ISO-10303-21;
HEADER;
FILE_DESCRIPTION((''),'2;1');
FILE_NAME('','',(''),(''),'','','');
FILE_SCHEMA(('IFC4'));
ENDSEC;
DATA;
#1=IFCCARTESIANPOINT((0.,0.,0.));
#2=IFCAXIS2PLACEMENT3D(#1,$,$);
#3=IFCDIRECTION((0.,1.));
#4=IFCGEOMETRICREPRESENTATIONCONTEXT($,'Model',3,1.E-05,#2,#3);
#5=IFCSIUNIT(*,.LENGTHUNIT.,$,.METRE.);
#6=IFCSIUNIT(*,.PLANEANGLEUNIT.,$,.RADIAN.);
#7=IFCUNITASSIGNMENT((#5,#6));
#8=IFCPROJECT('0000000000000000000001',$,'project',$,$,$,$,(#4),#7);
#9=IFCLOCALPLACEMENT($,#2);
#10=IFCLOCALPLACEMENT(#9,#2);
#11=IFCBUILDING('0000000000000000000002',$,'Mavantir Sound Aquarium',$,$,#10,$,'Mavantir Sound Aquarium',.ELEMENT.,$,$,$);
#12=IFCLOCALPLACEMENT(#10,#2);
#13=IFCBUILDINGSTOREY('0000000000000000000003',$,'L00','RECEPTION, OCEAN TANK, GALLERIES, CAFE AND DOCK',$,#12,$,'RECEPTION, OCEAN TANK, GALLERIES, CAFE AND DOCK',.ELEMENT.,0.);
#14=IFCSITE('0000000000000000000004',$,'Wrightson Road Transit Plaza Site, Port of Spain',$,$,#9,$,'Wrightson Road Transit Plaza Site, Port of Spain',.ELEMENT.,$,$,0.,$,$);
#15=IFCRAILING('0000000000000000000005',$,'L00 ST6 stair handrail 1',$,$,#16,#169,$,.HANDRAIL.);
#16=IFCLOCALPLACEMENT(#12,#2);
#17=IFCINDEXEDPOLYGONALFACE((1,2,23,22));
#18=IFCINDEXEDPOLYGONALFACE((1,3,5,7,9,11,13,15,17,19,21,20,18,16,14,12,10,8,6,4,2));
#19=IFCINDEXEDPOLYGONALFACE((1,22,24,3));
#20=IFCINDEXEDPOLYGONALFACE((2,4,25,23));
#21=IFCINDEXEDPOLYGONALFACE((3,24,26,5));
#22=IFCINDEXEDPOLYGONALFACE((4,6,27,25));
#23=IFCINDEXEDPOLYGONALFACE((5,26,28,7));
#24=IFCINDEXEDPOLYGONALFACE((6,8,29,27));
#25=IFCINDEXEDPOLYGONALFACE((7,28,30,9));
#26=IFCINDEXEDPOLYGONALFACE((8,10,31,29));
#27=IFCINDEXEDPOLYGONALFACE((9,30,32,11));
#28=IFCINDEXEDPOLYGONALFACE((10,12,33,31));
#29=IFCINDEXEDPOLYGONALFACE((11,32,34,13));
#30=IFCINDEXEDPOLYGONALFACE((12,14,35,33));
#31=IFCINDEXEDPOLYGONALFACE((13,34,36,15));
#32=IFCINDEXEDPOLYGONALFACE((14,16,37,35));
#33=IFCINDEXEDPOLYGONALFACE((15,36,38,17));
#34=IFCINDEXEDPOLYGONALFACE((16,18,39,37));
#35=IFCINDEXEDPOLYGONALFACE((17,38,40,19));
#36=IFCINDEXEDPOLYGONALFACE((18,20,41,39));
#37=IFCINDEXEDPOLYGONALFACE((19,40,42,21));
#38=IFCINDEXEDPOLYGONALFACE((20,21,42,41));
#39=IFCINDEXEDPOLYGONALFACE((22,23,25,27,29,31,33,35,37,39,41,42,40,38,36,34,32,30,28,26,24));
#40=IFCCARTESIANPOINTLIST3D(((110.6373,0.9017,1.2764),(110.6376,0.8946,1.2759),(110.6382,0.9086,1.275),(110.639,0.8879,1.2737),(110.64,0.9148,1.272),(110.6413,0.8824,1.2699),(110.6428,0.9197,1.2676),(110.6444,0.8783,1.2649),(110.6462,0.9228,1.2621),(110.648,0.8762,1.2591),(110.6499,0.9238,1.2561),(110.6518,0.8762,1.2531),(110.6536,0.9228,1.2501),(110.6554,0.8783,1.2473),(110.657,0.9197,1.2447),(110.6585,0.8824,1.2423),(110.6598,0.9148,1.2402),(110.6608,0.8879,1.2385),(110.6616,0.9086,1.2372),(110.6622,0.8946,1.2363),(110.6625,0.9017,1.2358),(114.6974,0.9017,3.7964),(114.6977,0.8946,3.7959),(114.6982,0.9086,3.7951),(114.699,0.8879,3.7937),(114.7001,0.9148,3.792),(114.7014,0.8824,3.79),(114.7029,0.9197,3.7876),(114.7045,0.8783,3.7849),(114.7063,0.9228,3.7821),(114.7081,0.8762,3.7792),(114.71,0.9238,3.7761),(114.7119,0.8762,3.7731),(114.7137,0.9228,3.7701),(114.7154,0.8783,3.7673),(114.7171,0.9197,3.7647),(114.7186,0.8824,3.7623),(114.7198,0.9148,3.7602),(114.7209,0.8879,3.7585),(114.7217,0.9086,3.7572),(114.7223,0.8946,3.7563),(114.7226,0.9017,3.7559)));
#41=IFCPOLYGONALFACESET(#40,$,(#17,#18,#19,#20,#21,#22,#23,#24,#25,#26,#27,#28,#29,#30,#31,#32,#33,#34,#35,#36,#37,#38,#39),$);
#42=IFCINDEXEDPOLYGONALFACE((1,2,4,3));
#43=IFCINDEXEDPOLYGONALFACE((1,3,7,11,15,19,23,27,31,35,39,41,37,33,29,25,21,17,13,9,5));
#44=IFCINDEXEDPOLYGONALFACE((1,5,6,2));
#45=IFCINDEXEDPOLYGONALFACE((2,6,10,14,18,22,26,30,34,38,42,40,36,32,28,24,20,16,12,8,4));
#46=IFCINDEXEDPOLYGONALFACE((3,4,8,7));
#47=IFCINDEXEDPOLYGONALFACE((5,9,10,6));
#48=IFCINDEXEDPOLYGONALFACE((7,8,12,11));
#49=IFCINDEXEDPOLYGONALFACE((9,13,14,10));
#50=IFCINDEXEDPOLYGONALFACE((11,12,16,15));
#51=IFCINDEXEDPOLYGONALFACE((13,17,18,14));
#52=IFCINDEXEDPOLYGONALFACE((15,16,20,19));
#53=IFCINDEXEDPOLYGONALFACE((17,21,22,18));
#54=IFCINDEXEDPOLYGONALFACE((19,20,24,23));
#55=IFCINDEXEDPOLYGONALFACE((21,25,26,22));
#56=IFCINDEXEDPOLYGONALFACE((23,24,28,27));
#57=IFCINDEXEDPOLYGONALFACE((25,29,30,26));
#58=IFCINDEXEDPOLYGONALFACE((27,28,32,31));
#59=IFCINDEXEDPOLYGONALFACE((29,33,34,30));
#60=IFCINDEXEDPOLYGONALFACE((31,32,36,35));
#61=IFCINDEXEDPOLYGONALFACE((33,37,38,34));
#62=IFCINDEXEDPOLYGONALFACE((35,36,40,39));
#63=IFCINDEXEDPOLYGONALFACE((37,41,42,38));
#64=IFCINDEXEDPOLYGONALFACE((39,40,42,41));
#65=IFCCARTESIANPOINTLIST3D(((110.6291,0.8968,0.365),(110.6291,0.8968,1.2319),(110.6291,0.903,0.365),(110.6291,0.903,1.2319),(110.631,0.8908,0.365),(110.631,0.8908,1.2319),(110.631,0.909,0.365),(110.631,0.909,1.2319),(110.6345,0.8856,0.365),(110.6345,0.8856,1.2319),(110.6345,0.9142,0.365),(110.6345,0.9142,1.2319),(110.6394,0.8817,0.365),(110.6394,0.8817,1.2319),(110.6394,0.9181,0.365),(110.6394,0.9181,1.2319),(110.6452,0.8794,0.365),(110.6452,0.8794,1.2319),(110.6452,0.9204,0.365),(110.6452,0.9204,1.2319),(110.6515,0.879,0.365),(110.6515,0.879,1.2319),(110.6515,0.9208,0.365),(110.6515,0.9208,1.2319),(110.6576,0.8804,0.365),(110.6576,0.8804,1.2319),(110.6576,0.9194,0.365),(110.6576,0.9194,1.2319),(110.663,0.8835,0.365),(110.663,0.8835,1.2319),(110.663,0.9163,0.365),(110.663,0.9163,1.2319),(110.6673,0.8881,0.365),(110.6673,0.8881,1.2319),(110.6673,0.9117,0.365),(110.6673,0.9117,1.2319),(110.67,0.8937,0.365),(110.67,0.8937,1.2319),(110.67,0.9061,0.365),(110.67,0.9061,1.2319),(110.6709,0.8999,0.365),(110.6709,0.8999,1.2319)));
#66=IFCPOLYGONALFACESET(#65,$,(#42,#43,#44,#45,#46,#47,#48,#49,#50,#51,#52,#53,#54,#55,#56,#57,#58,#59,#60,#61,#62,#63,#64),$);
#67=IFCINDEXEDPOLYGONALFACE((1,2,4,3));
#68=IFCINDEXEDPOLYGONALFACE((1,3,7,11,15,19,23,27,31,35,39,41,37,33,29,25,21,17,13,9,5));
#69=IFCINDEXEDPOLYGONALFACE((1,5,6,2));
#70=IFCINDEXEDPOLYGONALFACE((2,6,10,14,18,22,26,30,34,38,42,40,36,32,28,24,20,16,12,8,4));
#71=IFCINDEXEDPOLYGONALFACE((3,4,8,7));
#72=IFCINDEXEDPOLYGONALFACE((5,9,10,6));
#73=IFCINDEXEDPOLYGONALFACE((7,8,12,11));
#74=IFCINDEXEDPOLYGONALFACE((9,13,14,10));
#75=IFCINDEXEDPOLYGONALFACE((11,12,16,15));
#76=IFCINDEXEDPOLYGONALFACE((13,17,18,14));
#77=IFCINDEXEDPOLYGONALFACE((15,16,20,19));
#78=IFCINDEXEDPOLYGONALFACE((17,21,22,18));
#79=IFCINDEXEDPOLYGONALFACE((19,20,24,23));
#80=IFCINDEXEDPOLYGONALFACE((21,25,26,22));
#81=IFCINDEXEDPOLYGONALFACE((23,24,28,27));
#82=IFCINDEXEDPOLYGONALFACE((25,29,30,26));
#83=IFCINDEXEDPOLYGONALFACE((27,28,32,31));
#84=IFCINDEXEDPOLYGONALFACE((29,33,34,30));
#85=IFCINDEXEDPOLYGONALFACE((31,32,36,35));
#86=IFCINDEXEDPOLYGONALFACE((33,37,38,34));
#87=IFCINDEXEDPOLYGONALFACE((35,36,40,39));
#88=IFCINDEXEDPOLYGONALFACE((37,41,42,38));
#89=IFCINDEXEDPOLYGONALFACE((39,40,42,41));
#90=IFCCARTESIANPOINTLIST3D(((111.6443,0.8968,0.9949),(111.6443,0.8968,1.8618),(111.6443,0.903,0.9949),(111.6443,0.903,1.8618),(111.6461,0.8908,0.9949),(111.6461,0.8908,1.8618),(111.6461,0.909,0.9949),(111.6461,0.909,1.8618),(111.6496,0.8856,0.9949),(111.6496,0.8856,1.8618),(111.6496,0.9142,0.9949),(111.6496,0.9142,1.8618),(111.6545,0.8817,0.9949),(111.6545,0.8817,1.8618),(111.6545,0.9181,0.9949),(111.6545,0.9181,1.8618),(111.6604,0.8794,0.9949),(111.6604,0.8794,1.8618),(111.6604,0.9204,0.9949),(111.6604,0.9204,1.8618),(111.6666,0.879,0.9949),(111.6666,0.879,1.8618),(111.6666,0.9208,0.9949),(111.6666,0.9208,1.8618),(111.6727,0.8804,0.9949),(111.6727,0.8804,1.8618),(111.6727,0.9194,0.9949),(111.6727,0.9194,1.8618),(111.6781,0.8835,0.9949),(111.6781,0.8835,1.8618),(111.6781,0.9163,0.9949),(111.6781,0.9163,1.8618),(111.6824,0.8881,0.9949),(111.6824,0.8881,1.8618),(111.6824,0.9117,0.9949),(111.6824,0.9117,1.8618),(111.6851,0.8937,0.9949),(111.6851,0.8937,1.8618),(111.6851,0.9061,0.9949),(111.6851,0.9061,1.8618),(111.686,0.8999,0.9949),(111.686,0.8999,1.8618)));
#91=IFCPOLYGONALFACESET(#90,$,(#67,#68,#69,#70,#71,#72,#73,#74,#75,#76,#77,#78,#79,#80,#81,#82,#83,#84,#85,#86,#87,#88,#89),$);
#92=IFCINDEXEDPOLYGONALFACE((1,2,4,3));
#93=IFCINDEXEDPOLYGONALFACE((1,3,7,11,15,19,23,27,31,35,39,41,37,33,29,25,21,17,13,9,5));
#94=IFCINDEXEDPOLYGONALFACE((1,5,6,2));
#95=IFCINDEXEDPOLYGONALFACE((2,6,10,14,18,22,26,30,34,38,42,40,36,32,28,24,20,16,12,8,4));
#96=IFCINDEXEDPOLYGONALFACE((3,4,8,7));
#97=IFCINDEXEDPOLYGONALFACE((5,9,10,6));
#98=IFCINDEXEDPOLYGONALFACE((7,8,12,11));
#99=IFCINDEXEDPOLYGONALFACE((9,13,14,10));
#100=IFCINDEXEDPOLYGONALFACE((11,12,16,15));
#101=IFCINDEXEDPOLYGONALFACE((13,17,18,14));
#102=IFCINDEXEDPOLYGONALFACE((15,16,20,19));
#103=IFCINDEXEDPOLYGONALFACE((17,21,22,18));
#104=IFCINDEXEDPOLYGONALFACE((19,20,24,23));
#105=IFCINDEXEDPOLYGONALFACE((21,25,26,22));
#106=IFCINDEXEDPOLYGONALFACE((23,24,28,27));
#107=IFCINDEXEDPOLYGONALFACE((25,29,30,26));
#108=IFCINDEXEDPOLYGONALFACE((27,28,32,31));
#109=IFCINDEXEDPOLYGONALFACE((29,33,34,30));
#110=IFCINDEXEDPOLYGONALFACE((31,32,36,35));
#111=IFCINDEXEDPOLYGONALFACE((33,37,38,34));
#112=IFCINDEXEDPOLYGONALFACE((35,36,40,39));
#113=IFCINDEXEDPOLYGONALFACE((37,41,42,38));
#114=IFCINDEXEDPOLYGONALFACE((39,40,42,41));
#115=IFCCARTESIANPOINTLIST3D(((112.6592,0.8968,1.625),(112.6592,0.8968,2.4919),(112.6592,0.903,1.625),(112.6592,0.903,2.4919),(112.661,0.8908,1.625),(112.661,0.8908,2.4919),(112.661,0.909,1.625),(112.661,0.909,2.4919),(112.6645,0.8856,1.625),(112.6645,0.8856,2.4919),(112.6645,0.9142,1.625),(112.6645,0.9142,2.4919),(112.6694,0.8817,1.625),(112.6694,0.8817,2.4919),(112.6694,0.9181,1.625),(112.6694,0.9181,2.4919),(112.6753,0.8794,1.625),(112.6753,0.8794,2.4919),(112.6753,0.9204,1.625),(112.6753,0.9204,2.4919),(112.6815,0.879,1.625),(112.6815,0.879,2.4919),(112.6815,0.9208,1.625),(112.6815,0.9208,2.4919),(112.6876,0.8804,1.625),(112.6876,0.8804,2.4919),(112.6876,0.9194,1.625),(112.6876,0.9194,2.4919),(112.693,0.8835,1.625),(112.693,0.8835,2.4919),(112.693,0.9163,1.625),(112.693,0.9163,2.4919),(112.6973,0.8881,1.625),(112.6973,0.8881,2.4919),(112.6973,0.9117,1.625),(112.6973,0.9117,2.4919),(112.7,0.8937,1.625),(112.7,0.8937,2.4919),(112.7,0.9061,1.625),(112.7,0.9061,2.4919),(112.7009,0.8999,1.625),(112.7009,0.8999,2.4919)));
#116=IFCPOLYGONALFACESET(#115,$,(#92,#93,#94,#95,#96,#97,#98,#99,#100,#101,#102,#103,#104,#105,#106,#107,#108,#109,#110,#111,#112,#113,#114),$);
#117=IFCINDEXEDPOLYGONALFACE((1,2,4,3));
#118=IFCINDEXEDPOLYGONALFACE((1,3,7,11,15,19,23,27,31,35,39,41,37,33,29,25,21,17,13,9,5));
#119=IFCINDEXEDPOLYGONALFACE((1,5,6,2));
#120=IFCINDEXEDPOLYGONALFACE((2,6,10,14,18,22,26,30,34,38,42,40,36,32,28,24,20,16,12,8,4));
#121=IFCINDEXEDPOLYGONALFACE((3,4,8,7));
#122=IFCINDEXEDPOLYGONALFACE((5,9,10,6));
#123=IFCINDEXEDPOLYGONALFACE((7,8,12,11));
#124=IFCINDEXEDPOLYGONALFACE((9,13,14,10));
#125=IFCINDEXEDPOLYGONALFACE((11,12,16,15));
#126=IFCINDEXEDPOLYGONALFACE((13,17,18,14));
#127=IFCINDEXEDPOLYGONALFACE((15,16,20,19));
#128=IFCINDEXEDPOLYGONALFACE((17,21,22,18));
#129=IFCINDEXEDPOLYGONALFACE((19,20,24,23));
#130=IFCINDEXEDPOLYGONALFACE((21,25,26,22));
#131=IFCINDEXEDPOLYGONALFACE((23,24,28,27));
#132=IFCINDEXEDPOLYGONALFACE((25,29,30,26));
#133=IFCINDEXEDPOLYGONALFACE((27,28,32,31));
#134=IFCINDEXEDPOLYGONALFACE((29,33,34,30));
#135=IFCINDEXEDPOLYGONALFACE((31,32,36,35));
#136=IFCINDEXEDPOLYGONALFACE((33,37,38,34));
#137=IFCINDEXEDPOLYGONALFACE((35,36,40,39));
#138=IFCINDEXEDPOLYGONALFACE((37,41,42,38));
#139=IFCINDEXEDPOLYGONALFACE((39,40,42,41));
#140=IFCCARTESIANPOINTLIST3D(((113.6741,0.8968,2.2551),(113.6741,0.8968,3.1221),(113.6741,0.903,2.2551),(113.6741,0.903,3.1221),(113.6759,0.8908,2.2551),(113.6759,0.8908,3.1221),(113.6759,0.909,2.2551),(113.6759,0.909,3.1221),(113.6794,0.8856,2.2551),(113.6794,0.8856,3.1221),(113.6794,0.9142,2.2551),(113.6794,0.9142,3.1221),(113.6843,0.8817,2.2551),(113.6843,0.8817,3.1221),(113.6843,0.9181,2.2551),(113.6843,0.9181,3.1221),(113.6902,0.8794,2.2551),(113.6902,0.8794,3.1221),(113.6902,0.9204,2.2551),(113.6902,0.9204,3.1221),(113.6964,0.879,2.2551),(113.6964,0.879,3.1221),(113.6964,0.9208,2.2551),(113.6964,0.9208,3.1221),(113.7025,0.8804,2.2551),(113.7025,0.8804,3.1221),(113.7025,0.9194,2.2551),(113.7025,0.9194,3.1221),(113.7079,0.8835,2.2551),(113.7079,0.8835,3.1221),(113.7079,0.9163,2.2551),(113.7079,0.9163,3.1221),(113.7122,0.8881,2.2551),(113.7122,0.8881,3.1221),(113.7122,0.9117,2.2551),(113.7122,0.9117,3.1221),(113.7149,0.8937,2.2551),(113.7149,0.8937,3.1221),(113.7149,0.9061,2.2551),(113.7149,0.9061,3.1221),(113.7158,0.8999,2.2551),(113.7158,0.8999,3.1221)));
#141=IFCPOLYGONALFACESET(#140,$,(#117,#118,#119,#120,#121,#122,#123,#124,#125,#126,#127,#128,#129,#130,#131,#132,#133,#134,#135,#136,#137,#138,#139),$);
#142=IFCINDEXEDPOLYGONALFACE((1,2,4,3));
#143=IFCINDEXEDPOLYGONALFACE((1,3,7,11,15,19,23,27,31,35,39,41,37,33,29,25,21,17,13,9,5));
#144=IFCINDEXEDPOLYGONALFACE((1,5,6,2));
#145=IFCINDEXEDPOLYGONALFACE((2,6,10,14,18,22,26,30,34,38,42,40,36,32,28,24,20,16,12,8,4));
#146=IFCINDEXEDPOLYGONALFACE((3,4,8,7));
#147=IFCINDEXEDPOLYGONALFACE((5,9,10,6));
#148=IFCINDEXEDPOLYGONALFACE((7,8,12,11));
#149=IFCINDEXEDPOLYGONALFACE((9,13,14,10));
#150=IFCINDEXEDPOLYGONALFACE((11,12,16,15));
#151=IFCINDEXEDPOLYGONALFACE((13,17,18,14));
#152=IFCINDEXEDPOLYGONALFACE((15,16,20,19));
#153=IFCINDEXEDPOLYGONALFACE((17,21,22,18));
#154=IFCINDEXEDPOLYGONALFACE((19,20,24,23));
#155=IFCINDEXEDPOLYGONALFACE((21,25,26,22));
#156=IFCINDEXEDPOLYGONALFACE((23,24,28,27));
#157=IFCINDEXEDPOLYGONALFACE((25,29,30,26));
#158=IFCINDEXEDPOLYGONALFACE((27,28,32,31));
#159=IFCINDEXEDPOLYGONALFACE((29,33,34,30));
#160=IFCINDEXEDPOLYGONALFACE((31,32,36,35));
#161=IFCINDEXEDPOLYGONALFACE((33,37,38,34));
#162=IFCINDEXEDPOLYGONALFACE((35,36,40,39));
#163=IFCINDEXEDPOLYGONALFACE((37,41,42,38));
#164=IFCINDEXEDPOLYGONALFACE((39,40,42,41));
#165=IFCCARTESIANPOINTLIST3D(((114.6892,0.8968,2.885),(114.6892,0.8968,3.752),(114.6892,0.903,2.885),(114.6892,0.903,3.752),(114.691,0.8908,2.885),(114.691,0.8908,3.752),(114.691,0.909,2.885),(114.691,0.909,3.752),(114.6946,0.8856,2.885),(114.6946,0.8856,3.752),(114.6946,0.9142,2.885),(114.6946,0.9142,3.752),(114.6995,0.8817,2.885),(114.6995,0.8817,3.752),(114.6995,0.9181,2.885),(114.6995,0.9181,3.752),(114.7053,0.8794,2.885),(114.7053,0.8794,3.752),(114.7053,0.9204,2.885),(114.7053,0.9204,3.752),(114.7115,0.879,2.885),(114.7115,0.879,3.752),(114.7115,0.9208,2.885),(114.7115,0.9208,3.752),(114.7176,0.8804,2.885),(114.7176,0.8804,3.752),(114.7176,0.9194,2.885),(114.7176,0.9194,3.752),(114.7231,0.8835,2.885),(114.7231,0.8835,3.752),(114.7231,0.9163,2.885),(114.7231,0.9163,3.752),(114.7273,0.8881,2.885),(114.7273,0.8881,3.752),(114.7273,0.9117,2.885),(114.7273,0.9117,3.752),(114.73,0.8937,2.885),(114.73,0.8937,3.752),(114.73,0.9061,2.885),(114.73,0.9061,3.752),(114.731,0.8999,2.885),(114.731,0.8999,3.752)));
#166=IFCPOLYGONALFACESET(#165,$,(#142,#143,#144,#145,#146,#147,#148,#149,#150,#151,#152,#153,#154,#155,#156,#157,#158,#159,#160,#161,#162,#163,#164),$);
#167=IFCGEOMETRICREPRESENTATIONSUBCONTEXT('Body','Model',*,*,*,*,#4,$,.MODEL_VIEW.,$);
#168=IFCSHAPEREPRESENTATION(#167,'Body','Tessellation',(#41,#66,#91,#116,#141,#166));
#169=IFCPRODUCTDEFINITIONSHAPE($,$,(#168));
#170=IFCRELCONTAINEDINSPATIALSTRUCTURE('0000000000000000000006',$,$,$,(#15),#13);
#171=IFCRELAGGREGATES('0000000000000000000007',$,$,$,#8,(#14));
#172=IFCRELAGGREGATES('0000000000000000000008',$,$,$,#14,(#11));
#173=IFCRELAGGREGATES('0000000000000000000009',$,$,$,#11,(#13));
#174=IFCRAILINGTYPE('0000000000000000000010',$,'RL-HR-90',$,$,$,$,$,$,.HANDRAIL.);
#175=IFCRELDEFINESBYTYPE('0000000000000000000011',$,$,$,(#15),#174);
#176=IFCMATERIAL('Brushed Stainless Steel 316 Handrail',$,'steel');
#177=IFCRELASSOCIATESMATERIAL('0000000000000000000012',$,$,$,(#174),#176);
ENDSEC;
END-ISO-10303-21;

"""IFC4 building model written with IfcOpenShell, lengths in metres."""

from ifc_helpers import new_model, si_unit, direction, frame, origin, origin_2d, place, context, subcontext, project, spatial, circle, extrude, material, type_object, element, save


model = new_model("IFC4")

# Units and contexts
model_context = context("Model", 3, precision=1e-05, world=origin(), true_north=direction((0.0, 1.0)))
body_context = subcontext(model_context, "Body", "Model", "MODEL_VIEW")
ifc_project = project(units=[si_unit("LENGTHUNIT", "METRE"), si_unit("PLANEANGLEUNIT", "RADIAN")], contexts=[model_context])

# Site, building, storey
site_placement = place(None, origin())
site = spatial("IfcSite", under=ifc_project, at=site_placement, Name="Wrightson Road Transit Plaza Site, Port of Spain", LongName="Wrightson Road Transit Plaza Site, Port of Spain", CompositionType="ELEMENT", RefElevation=0.0)
building_placement = place(site_placement, origin())
building = spatial("IfcBuilding", under=site, at=building_placement, Name="Mavantir Sound Aquarium", LongName="Mavantir Sound Aquarium", CompositionType="ELEMENT")
storey_placement = place(building_placement, origin())
storey = spatial("IfcBuildingStorey", under=building, at=storey_placement, Name="L00", Description="RECEPTION, OCEAN TANK, GALLERIES, CAFE AND DOCK", LongName="RECEPTION, OCEAN TANK, GALLERIES, CAFE AND DOCK", CompositionType="ELEMENT", Elevation=0.0)

# Railing
ifc_material_1 = material(Name="Brushed Stainless Steel 316 Handrail", Category="steel")
railing_type_1 = type_object("IfcRailingType", Name="RL-HR-90", PredefinedType="HANDRAIL", material=ifc_material_1)
railing_1_placement = place(storey_placement, frame((110.6499, 0.8999, 0.365)))
element("IfcRailing", 1, at=railing_1_placement, inside=storey, type_object=railing_type_1, Name="L00 ST6 stair handrail 1", PredefinedType="HANDRAIL", context=body_context, shape_type="SweptSolid", body=[
    extrude(circle(Radius=0.0239, at=origin_2d()), frame((0.0, 0.0, 0.8911), z_axis=(0.849642, 0.0, 0.52736), x_axis=(0.0, 1.0, 0.0)), (0.0, 0.0, 1.0), 4.7786),
    extrude(circle(Radius=0.021, at=origin_2d()), origin(), (0.0, 0.0, 1.0), 0.8669),
    extrude(circle(Radius=0.021, at=origin_2d()), frame((1.0151, 0.0, 0.6299)), (0.0, 0.0, 1.0), 0.8669),
    extrude(circle(Radius=0.021, at=origin_2d()), frame((2.03, 0.0, 1.26)), (0.0, 0.0, 1.0), 0.8669),
    extrude(circle(Radius=0.021, at=origin_2d()), frame((3.0449, 0.0, 1.8901)), (0.0, 0.0, 1.0), 0.8669),
    extrude(circle(Radius=0.021, at=origin_2d()), frame((4.0601, 0.0, 2.52)), (0.0, 0.0, 1.0), 0.8669),
])

save(model, "model.ifc")
